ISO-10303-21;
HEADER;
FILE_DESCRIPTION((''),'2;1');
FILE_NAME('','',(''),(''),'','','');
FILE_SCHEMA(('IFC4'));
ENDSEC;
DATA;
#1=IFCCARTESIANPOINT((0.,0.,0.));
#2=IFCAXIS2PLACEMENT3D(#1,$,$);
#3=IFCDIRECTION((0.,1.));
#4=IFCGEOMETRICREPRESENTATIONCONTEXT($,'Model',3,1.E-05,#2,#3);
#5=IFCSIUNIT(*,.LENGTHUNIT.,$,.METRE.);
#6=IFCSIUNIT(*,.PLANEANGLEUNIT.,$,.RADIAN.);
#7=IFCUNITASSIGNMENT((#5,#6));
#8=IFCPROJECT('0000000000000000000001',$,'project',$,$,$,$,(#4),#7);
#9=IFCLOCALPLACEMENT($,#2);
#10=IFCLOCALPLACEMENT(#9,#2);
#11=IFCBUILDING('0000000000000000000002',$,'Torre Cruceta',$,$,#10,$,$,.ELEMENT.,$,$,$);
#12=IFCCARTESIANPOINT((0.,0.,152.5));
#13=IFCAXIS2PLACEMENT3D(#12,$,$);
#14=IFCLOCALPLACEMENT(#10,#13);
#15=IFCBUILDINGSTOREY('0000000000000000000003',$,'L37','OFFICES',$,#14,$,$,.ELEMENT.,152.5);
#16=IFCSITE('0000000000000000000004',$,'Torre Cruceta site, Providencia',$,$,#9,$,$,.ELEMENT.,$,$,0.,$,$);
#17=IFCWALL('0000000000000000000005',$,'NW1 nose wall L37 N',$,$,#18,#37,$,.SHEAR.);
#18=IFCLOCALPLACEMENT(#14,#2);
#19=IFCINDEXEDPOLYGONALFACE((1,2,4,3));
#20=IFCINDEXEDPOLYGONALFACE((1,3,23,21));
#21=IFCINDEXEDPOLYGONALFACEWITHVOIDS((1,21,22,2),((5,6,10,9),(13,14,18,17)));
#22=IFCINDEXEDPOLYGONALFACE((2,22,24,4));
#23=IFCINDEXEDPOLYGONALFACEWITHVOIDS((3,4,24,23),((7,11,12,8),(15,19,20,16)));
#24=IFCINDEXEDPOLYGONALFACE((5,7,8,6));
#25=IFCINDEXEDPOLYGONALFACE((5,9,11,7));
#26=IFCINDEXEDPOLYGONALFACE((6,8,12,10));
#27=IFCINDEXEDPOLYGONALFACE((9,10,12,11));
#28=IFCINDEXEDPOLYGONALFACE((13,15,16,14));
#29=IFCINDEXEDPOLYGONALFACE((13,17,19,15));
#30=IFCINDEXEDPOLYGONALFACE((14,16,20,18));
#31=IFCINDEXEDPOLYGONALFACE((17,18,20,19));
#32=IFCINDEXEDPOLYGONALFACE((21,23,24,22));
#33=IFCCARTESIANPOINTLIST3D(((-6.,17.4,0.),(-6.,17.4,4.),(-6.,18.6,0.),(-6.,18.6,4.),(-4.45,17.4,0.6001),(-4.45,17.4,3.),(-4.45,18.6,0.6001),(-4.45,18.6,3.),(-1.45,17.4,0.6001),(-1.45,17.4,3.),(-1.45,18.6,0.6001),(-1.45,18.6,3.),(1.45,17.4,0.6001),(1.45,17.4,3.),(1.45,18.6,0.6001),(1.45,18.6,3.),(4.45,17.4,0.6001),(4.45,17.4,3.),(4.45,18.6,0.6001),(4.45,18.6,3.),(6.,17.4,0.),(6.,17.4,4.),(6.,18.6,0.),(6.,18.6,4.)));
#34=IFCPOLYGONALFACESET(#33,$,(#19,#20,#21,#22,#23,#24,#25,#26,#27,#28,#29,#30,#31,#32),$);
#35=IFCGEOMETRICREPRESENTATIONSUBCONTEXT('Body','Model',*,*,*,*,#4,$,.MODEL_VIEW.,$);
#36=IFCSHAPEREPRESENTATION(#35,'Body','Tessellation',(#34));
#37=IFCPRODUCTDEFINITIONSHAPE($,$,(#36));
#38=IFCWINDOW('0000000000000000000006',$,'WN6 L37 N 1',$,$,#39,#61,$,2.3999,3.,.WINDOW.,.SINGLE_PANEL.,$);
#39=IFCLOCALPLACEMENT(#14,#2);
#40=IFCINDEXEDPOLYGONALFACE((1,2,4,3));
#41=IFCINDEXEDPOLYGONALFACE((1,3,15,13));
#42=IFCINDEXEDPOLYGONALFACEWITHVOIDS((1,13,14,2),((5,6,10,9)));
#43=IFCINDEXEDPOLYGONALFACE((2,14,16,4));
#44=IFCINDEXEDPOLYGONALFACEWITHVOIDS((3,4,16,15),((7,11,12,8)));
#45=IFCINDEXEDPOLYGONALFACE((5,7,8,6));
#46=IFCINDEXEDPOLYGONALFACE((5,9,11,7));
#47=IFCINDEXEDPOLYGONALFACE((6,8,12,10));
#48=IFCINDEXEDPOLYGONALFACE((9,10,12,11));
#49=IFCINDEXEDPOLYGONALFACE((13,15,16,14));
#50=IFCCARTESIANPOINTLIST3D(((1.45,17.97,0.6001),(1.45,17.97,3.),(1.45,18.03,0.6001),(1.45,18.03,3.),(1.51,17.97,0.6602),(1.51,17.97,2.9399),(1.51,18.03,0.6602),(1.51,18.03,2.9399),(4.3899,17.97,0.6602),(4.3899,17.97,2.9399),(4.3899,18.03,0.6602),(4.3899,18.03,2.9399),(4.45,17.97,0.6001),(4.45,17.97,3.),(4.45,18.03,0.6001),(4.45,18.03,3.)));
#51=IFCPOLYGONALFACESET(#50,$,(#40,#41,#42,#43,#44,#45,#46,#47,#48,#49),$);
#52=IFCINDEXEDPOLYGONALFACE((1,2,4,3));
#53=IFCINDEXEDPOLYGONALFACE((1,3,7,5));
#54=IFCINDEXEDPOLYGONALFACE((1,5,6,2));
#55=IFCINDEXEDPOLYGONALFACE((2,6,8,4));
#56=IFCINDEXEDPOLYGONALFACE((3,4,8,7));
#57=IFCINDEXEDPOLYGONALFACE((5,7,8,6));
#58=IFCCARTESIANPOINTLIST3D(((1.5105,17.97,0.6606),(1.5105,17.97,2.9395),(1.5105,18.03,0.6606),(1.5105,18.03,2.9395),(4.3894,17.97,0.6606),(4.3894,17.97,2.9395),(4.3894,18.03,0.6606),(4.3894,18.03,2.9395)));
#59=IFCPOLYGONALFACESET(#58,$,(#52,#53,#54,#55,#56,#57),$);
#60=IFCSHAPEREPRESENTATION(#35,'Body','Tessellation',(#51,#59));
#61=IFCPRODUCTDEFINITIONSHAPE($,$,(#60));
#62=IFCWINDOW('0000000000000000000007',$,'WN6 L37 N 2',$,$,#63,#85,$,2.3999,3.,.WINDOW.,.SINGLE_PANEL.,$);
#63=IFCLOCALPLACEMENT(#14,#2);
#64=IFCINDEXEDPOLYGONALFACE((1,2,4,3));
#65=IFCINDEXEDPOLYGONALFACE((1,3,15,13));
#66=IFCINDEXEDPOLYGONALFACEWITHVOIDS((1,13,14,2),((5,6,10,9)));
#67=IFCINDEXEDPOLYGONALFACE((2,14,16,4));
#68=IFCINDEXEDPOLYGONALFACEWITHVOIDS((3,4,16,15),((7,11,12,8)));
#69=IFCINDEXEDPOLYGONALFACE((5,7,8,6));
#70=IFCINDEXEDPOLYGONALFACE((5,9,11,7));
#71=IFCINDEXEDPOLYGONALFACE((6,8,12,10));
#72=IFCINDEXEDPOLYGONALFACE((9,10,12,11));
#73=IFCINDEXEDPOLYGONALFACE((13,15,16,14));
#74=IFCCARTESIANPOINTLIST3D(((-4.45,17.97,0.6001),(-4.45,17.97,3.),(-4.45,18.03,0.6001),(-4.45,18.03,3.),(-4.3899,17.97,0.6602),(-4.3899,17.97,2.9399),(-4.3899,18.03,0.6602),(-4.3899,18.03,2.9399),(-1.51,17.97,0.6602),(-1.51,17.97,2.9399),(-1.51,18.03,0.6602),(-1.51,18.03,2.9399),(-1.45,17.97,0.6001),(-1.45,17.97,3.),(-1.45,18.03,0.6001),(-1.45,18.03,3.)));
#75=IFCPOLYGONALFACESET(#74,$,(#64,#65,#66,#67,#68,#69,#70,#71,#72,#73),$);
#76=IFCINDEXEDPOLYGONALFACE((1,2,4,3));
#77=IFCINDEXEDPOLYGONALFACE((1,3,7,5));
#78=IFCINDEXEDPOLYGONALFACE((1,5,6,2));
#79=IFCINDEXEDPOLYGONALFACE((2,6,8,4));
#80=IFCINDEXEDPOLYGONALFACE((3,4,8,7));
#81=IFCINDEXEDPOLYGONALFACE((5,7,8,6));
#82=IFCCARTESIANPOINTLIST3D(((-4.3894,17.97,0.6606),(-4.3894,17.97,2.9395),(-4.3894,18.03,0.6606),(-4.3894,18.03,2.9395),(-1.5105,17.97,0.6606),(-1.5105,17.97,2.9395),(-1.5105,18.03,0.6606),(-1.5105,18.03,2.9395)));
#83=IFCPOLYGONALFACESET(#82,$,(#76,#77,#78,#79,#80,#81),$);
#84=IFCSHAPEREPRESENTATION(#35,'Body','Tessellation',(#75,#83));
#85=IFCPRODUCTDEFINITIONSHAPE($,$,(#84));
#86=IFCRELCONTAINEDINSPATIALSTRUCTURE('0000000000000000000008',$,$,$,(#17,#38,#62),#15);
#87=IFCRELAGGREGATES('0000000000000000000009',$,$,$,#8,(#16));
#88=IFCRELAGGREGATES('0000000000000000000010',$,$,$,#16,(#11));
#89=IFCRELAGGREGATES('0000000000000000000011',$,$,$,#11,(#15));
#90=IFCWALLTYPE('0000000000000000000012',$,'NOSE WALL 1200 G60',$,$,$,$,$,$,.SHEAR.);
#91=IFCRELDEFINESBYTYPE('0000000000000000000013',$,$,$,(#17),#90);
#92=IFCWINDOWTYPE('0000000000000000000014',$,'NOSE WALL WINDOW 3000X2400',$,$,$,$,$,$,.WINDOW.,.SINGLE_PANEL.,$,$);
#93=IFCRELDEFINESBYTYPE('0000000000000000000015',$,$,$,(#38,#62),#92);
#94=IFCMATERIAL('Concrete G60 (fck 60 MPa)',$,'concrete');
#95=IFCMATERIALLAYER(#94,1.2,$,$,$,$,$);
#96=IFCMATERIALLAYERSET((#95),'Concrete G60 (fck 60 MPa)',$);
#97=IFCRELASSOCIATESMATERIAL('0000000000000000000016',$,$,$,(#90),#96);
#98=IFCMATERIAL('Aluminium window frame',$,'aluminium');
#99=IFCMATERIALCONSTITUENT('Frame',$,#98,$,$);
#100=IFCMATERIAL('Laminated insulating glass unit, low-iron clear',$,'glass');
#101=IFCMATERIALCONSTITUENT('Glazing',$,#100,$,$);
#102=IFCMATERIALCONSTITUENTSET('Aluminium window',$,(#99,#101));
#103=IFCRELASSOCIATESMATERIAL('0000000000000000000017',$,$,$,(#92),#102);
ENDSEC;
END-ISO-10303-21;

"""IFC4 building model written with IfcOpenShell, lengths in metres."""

from ifc_helpers import new_model, si_unit, direction, frame, frame_2d, origin, place, context, subcontext, project, spatial, rectangle, hollow_rectangle, extrude, material, layer, layer_set, constituent, constituent_set, type_object, element, fill, save


model = new_model("IFC4")

# Units and contexts
model_context = context("Model", 3, precision=1e-05, world=origin(), true_north=direction((0.0, 1.0)))
body_context = subcontext(model_context, "Body", "Model", "MODEL_VIEW")
ifc_project = project(units=[si_unit("LENGTHUNIT", "METRE"), si_unit("PLANEANGLEUNIT", "RADIAN")], contexts=[model_context])

# Site, building, storey
site_placement = place(None, origin())
site = spatial("IfcSite", under=ifc_project, at=site_placement, Name="Torre Cruceta site, Providencia", CompositionType="ELEMENT", RefElevation=0.0)
building_placement = place(site_placement, origin())
building = spatial("IfcBuilding", under=site, at=building_placement, Name="Torre Cruceta", CompositionType="ELEMENT")
storey_placement = place(building_placement, frame((0.0, 0.0, 152.5)))
storey = spatial("IfcBuildingStorey", under=building, at=storey_placement, Name="L37", Description="OFFICES", CompositionType="ELEMENT", Elevation=152.5)

# Wall, openings, windows
ifc_material_1 = material(Name="Concrete G60 (fck 60 MPa)", Category="concrete")
ifc_layer_1 = layer(ifc_material_1, 1.2)
ifc_layer_set_1 = layer_set([ifc_layer_1], Name="Concrete G60 (fck 60 MPa)")
wall_type_1 = type_object("IfcWallType", Name="NOSE WALL 1200 G60", PredefinedType="SHEAR", material=ifc_layer_set_1)
wall_1_placement = place(storey_placement, frame((6.0, 18.0, 0.0), z_axis=(0.0, 0.0, 1.0), x_axis=(-1.0, 0.0, 0.0)))
wall_1 = element("IfcWall", 1, at=wall_1_placement, inside=storey, type_object=wall_type_1, Name="NW1 nose wall L37 N", PredefinedType="SHEAR", context=body_context, shape_type="SweptSolid", body=[
    extrude(rectangle(XDim=12.0, YDim=1.2, at=frame_2d((6.0, 0.0))), origin(), (0.0, 0.0, 1.0), 4.0),
])
opening_1_placement = place(wall_1_placement, frame((1.55, 0.0, 0.6001)))
opening_1 = element("IfcOpeningElement", 2, at=opening_1_placement, cuts=wall_1, PredefinedType="OPENING", context=body_context, shape_type="SweptSolid", body=[
    extrude(rectangle(XDim=3.0, YDim=2.3999, at=frame_2d((1.5, 1.2))), frame((0.0, 0.6099, 0.0), z_axis=(0.0, -1.0, 0.0), x_axis=(1.0, 0.0, 0.0)), (0.0, 0.0, 1.0), 1.22),
])
opening_2_placement = place(wall_1_placement, frame((7.45, 0.0, 0.6001)))
opening_2 = element("IfcOpeningElement", 3, at=opening_2_placement, cuts=wall_1, PredefinedType="OPENING", context=body_context, shape_type="SweptSolid", body=[
    extrude(rectangle(XDim=3.0, YDim=2.3999, at=frame_2d((1.5, 1.2))), frame((0.0, 0.6099, 0.0), z_axis=(0.0, -1.0, 0.0), x_axis=(1.0, 0.0, 0.0)), (0.0, 0.0, 1.0), 1.22),
])
ifc_material_2 = material(Name="Aluminium window frame", Category="aluminium")
ifc_constituent_1 = constituent(ifc_material_2, Name="Frame")
ifc_material_3 = material(Name="Laminated insulating glass unit, low-iron clear", Category="glass")
ifc_constituent_2 = constituent(ifc_material_3, Name="Glazing")
ifc_constituent_set_1 = constituent_set(constituents=[ifc_constituent_1, ifc_constituent_2], Name="Aluminium window")
window_type = type_object("IfcWindowType", Name="NOSE WALL WINDOW 3000X2400", PartitioningType="SINGLE_PANEL", PredefinedType="WINDOW", material=ifc_constituent_set_1)
window_1_placement = place(opening_1_placement, origin())
window_1 = element("IfcWindow", 4, at=window_1_placement, inside=storey, type_object=window_type, Name="WN6 L37 N 1", OverallHeight=2.3999, OverallWidth=3.0, PartitioningType="SINGLE_PANEL", PredefinedType="WINDOW", context=body_context, shape_type="SweptSolid", body=[
    extrude(hollow_rectangle(XDim=3.0, YDim=2.3999, WallThickness=0.0601, at=frame_2d((1.5, 1.2))), frame((0.0, 0.03, 0.0), z_axis=(0.0, -1.0, 0.0), x_axis=(1.0, 0.0, 0.0)), (0.0, 0.0, 1.0), 0.0601),
    extrude(rectangle(XDim=2.8789, YDim=2.2788, at=frame_2d((1.5, 1.2))), frame((0.0, 0.03, 0.0), z_axis=(0.0, -1.0, 0.0), x_axis=(1.0, 0.0, 0.0)), (0.0, 0.0, 1.0), 0.0601),
])
fill(opening_1, window_1)
window_2_placement = place(opening_2_placement, origin())
window_2 = element("IfcWindow", 5, at=window_2_placement, inside=storey, type_object=window_type, Name="WN6 L37 N 2", OverallHeight=2.3999, OverallWidth=3.0, PartitioningType="SINGLE_PANEL", PredefinedType="WINDOW", context=body_context, shape_type="SweptSolid", body=[
    extrude(hollow_rectangle(XDim=3.0, YDim=2.3999, WallThickness=0.0601, at=frame_2d((1.5, 1.2))), frame((0.0, 0.03, 0.0), z_axis=(0.0, -1.0, 0.0), x_axis=(1.0, 0.0, 0.0)), (0.0, 0.0, 1.0), 0.0601),
    extrude(rectangle(XDim=2.8789, YDim=2.2788, at=frame_2d((1.5, 1.2))), frame((0.0, 0.03, 0.0), z_axis=(0.0, -1.0, 0.0), x_axis=(1.0, 0.0, 0.0)), (0.0, 0.0, 1.0), 0.0601),
])
fill(opening_2, window_2)

save(model, "model.ifc")
